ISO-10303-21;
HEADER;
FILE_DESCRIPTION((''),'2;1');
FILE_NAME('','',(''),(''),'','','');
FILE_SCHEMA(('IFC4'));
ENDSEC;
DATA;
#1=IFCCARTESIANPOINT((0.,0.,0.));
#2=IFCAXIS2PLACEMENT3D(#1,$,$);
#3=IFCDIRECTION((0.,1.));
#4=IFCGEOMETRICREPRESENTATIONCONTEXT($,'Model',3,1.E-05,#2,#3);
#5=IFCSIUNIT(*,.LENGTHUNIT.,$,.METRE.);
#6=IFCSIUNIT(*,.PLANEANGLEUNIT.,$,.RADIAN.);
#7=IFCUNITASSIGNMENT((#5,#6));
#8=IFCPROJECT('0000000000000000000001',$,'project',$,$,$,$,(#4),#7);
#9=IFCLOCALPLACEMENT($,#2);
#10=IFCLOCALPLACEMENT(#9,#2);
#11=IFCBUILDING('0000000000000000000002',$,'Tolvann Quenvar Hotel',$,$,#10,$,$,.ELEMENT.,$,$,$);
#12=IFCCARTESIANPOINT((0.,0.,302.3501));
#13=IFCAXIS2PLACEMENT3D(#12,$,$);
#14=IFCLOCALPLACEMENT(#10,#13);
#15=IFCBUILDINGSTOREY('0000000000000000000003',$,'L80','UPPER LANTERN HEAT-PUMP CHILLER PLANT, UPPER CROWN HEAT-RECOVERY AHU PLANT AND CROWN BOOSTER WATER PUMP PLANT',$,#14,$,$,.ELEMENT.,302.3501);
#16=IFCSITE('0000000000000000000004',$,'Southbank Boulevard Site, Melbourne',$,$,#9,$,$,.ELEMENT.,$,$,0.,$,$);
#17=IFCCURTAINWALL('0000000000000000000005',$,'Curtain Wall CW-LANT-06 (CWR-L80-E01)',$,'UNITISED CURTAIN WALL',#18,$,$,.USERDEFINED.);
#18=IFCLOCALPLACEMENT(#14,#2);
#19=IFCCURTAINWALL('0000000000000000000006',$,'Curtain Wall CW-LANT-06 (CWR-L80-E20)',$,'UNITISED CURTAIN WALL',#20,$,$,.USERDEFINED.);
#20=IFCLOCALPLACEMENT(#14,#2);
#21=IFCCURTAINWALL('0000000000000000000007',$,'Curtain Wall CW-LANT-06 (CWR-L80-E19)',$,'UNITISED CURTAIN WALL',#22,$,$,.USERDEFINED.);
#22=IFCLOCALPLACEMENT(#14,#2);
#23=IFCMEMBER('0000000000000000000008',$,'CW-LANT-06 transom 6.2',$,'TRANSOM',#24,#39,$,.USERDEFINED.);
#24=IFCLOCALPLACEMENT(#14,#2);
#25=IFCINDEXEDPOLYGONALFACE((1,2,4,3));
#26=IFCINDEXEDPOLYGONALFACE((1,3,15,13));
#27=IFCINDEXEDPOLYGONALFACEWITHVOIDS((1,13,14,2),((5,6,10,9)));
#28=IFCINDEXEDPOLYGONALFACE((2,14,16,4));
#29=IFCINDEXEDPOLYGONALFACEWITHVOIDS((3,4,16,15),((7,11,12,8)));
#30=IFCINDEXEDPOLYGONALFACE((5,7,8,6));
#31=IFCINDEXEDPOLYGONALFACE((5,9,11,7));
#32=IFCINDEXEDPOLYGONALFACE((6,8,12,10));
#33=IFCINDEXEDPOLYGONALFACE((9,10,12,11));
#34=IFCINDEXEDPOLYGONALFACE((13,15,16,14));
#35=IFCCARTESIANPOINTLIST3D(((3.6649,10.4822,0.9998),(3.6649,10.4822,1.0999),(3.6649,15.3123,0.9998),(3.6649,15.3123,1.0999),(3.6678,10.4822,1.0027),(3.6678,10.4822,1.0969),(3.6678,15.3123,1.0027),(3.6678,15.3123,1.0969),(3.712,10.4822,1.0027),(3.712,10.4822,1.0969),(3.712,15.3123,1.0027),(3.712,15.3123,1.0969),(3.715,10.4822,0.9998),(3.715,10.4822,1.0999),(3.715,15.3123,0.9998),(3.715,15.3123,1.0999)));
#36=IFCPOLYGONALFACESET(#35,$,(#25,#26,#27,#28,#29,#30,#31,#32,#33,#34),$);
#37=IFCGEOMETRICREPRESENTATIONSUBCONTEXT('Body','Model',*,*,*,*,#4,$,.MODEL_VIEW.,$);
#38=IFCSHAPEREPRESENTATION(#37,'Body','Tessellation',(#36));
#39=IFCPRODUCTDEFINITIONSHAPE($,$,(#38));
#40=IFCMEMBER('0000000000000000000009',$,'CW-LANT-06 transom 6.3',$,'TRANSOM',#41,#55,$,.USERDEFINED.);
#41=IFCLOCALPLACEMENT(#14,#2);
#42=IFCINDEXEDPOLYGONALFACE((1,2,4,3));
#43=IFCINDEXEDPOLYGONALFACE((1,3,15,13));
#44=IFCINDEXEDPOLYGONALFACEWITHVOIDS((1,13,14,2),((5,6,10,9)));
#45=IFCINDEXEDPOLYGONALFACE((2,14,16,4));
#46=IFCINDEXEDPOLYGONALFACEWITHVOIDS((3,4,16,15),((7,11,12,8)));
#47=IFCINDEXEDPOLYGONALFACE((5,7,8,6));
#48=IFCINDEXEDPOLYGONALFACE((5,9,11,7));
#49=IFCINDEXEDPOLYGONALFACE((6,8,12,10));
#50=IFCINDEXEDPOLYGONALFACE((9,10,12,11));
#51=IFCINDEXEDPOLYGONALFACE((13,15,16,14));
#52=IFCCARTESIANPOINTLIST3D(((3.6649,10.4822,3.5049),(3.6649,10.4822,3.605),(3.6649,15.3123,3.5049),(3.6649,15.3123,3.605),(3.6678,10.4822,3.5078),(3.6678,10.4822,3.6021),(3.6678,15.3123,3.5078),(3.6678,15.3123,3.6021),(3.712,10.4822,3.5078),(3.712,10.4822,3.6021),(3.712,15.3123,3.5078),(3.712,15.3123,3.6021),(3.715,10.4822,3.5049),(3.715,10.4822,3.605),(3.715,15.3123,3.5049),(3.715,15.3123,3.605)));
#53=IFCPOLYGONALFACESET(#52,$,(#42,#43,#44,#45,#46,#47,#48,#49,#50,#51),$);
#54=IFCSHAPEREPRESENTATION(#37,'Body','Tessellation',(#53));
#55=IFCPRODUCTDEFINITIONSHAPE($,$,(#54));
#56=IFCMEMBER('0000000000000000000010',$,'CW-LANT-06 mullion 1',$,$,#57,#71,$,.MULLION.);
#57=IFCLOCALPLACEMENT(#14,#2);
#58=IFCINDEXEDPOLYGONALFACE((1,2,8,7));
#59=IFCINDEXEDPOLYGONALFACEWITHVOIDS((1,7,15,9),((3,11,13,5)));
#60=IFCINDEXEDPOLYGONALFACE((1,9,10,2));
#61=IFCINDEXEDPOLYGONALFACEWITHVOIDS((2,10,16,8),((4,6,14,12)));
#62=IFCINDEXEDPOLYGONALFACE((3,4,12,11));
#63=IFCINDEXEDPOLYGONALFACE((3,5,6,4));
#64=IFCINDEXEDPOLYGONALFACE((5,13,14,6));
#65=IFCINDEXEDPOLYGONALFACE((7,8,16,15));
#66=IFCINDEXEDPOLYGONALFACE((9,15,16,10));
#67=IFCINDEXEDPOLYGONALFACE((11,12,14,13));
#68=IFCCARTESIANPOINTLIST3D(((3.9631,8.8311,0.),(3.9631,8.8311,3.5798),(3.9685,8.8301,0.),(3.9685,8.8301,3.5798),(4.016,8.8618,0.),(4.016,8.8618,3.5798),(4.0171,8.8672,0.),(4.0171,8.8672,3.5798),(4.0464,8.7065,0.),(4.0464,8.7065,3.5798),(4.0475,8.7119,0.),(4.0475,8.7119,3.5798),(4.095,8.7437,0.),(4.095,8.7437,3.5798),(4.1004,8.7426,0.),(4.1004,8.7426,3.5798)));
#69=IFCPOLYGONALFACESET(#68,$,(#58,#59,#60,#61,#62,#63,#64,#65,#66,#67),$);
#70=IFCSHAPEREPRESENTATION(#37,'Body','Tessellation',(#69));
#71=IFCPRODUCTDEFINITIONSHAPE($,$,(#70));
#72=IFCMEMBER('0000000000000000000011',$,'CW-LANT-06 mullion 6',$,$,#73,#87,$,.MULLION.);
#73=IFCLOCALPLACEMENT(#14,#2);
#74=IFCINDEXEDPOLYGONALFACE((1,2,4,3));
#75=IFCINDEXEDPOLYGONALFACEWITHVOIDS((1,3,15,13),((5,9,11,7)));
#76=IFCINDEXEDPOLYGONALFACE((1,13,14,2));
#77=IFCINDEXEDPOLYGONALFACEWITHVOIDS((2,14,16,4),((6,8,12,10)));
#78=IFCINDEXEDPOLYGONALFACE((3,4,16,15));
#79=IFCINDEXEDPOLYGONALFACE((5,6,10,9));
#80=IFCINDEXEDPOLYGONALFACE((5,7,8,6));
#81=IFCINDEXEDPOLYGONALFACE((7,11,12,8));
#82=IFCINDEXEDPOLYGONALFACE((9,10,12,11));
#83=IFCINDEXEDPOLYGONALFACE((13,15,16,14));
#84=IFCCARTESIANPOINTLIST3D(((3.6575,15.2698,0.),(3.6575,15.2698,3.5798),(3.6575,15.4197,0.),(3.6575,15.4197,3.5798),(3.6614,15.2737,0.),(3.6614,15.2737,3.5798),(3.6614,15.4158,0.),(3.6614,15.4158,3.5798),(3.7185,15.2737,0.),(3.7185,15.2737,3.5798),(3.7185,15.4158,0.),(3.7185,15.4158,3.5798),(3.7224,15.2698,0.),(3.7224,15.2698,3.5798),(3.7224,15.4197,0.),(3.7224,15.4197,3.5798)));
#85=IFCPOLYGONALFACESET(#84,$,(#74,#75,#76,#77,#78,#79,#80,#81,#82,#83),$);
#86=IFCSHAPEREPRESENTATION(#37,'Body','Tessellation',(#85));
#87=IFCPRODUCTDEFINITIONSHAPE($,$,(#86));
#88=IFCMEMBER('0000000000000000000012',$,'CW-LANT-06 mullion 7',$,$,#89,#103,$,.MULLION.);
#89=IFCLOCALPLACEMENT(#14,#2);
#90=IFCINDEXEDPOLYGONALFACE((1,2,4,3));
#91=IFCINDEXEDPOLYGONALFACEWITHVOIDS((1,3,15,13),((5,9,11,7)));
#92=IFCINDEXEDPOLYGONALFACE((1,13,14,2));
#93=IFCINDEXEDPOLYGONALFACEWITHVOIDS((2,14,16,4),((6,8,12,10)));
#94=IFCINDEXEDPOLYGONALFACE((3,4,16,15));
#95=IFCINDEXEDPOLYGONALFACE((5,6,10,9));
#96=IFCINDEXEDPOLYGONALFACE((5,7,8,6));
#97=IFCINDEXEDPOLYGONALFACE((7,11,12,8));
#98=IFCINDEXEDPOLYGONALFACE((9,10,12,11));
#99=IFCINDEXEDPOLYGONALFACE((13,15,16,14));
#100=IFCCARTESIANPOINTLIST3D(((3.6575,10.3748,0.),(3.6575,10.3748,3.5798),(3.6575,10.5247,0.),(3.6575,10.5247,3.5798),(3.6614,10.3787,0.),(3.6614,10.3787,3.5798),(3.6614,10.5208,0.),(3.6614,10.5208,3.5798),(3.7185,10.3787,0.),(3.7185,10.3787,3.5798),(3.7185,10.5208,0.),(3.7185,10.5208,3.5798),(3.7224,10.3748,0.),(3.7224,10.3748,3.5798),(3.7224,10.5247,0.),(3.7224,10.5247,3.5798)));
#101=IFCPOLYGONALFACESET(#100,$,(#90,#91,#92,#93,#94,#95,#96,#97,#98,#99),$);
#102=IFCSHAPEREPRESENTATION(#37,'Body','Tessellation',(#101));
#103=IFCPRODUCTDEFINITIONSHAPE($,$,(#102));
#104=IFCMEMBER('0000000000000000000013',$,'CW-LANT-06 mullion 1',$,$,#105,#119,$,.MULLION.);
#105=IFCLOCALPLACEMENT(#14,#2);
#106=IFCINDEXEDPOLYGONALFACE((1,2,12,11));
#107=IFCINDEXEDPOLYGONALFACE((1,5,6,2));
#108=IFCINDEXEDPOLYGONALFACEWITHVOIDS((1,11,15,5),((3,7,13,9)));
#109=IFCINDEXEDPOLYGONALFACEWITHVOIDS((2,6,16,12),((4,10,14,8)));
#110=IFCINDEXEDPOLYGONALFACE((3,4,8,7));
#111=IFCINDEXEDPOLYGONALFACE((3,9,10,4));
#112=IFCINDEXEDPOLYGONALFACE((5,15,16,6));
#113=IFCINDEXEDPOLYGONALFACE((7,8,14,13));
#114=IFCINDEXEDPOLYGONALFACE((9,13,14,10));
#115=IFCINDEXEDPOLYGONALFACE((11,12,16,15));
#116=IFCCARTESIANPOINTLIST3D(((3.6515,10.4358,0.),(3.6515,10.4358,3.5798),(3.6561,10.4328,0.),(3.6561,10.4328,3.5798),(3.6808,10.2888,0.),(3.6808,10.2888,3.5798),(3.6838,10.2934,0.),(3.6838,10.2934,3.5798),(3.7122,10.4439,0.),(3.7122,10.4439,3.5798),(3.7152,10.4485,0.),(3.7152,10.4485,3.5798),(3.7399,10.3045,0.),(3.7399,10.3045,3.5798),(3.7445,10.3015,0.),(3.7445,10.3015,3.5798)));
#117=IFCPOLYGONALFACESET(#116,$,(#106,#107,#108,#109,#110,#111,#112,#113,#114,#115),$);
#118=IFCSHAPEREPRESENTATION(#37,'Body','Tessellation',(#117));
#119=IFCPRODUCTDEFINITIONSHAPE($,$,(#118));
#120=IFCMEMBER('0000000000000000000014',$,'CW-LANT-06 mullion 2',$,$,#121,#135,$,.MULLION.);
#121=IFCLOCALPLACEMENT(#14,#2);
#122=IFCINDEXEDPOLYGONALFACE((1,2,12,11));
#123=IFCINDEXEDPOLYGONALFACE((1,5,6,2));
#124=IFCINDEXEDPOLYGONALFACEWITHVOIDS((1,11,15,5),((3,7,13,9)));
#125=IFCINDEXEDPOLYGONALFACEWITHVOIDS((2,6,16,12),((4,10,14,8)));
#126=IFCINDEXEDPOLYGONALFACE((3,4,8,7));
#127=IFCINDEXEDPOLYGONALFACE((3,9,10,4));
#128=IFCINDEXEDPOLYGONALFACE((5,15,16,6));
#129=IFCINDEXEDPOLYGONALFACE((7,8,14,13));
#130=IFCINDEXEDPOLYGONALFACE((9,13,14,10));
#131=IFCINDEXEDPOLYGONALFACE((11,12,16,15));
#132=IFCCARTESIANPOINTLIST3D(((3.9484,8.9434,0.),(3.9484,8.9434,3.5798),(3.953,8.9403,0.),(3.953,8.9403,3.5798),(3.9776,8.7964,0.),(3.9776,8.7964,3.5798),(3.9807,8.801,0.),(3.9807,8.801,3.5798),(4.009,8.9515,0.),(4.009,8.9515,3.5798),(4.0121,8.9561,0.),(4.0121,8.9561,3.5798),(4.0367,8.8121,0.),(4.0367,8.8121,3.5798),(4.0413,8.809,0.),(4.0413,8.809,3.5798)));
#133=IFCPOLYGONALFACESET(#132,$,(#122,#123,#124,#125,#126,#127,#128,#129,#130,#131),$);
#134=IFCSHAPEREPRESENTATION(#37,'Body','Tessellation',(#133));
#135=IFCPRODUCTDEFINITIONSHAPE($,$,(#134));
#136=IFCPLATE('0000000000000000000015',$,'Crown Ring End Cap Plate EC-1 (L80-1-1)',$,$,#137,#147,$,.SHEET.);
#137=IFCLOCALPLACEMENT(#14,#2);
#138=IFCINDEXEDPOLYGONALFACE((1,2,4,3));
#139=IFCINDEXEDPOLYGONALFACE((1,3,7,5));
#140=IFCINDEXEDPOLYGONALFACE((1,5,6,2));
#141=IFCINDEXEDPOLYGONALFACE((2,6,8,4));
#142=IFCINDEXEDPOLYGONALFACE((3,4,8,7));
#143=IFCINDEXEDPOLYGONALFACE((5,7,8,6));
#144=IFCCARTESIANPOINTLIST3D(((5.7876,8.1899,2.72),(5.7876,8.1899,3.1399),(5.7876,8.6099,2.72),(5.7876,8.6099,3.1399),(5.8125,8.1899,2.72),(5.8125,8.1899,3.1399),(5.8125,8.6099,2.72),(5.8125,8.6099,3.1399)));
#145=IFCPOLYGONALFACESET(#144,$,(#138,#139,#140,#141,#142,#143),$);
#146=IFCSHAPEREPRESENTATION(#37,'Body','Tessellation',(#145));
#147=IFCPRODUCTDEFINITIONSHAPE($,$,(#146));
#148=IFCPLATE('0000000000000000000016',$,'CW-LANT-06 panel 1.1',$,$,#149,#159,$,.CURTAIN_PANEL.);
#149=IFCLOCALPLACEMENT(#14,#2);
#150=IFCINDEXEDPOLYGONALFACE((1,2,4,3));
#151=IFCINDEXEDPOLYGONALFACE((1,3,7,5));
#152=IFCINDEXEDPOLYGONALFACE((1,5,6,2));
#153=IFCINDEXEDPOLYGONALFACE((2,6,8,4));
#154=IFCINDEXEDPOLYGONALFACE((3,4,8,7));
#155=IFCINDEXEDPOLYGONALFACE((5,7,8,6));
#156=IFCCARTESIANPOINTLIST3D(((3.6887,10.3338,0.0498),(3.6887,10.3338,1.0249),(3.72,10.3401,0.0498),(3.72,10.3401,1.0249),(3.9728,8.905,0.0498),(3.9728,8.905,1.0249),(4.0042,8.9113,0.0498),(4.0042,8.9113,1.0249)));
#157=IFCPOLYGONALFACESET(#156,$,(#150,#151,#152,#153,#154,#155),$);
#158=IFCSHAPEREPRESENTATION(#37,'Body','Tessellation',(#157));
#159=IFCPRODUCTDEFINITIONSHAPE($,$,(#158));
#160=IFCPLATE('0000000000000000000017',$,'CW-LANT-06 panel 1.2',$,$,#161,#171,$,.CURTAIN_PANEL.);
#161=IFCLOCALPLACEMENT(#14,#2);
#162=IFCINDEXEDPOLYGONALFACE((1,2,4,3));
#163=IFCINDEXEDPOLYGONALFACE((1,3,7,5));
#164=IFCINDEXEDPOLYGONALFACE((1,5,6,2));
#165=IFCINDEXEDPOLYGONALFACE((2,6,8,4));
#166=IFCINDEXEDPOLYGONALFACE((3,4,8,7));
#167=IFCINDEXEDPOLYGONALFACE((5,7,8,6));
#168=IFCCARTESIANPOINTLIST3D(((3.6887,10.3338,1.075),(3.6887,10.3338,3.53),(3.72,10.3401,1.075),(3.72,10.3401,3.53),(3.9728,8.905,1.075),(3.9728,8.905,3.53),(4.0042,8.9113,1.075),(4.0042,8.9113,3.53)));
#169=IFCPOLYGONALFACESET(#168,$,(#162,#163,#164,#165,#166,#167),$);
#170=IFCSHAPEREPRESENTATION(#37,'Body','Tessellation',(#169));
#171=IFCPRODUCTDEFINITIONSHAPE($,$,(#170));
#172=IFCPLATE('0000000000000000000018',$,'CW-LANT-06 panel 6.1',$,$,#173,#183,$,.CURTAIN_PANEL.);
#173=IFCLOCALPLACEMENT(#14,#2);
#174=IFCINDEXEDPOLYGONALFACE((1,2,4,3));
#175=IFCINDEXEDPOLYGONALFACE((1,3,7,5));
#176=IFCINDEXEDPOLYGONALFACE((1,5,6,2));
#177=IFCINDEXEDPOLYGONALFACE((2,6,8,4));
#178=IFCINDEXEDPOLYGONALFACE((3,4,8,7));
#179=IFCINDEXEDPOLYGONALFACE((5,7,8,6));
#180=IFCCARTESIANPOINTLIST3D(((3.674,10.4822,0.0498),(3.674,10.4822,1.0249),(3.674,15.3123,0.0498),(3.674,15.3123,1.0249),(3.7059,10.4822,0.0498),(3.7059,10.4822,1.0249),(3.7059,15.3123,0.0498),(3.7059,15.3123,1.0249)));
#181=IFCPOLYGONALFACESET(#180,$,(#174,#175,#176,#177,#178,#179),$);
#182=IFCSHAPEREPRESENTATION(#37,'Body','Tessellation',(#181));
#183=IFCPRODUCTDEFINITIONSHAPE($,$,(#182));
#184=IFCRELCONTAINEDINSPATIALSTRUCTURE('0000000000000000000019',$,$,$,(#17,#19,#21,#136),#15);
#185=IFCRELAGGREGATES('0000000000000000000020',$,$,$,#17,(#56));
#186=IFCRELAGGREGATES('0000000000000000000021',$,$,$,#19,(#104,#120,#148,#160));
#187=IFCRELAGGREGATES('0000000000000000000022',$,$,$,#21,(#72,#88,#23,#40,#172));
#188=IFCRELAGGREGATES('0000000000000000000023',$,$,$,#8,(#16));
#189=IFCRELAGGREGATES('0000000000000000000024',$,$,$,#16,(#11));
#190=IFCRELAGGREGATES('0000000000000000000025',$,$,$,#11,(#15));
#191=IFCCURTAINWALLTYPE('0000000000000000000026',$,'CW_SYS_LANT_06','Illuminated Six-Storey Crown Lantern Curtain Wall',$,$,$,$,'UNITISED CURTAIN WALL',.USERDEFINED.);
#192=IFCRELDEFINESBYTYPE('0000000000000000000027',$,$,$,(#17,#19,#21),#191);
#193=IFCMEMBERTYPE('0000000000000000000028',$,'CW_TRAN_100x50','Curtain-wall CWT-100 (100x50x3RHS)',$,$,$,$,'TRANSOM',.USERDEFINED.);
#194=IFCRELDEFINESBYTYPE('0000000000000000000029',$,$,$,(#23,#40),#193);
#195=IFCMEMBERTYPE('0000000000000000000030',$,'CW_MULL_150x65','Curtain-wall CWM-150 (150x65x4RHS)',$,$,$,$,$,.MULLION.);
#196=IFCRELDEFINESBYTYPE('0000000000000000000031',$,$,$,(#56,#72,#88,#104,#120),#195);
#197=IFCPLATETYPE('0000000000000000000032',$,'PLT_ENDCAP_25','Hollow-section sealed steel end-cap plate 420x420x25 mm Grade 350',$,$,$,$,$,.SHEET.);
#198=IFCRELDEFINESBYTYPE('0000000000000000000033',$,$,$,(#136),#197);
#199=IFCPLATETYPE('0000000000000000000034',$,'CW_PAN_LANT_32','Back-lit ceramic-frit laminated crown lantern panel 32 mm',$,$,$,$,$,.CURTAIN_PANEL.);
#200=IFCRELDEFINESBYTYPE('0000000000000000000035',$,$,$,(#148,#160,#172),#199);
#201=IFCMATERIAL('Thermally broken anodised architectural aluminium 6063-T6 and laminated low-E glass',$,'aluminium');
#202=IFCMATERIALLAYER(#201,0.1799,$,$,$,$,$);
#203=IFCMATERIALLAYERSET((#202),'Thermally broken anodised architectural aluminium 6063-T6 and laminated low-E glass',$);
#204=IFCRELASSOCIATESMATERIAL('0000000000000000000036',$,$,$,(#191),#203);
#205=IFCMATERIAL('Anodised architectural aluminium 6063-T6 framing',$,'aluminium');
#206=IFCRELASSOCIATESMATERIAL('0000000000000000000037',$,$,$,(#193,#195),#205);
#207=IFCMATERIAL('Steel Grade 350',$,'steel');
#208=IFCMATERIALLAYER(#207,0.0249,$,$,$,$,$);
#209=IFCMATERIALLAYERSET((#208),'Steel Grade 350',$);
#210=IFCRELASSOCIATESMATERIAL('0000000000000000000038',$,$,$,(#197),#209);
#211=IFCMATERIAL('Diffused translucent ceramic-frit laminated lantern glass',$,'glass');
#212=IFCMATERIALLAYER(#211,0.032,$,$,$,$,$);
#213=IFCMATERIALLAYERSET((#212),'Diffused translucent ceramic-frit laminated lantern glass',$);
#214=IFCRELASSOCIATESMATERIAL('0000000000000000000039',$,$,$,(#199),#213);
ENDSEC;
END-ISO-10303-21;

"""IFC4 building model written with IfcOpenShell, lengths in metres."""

from ifc_helpers import new_model, si_unit, direction, frame, origin, origin_2d, place, context, subcontext, project, spatial, rectangle, hollow_rectangle, extrude, source, transform, mapped, material, layer, layer_set, material_profile, profile_set, type_object, type_shapes, element, aggregate, save


model = new_model("IFC4")

# Units and contexts
model_context = context("Model", 3, precision=1e-05, world=origin(), true_north=direction((0.0, 1.0)))
body_context = subcontext(model_context, "Body", "Model", "MODEL_VIEW")
ifc_project = project(units=[si_unit("LENGTHUNIT", "METRE"), si_unit("PLANEANGLEUNIT", "RADIAN")], contexts=[model_context])

# Site, building, storey
site_placement = place(None, origin())
site = spatial("IfcSite", under=ifc_project, at=site_placement, Name="Southbank Boulevard Site, Melbourne", CompositionType="ELEMENT", RefElevation=0.0)
building_placement = place(site_placement, origin())
building = spatial("IfcBuilding", under=site, at=building_placement, Name="Tolvann Quenvar Hotel", CompositionType="ELEMENT")
storey_placement = place(building_placement, frame((0.0, 0.0, 302.3501)))
storey = spatial("IfcBuildingStorey", under=building, at=storey_placement, Name="L80", Description="UPPER LANTERN HEAT-PUMP CHILLER PLANT, UPPER CROWN HEAT-RECOVERY AHU PLANT AND CROWN BOOSTER WATER PUMP PLANT", CompositionType="ELEMENT", Elevation=302.3501)

# Shared definitions
ifc_material_1 = material(Name="Steel Grade 350", Category="steel")

# Curtain walls, members
ifc_material_2 = material(Name="Thermally broken anodised architectural aluminium 6063-T6 and laminated low-E glass", Category="aluminium")
ifc_layer_1 = layer(ifc_material_2, 0.1799)
ifc_layer_set_1 = layer_set([ifc_layer_1], Name="Thermally broken anodised architectural aluminium 6063-T6 and laminated low-E glass")
curtain_wall_type = type_object("IfcCurtainWallType", Name="CW_SYS_LANT_06", Description="Illuminated Six-Storey Crown Lantern Curtain Wall", ElementType="UNITISED CURTAIN WALL", PredefinedType="USERDEFINED", material=ifc_layer_set_1)
curtain_wall_1_placement = place(storey_placement, origin())
curtain_wall_1 = element("IfcCurtainWall", 1, at=curtain_wall_1_placement, inside=storey, type_object=curtain_wall_type, Name="Curtain Wall CW-LANT-06 (CWR-L80-E01)", ObjectType="UNITISED CURTAIN WALL", PredefinedType="USERDEFINED")
ifc_material_3 = material(Name="Anodised architectural aluminium 6063-T6 framing", Category="aluminium")
ifc_material_profile_1 = material_profile(ifc_material_3, hollow_rectangle(XDim=0.05, YDim=0.1001, WallThickness=0.0029, at=origin_2d()), Name="100x50x3RHS")
ifc_profile_set_1 = profile_set([ifc_material_profile_1], Name="Anodised architectural aluminium 6063-T6 framing")
member_type_1 = type_object("IfcMemberType", Name="CW_TRAN_100x50", Description="Curtain-wall CWT-100 (100x50x3RHS)", ElementType="TRANSOM", PredefinedType="USERDEFINED", material=ifc_profile_set_1)
curtain_wall_2_placement = place(storey_placement, origin())
curtain_wall_2 = element("IfcCurtainWall", 2, at=curtain_wall_2_placement, inside=storey, type_object=curtain_wall_type, Name="Curtain Wall CW-LANT-06 (CWR-L80-E20)", ObjectType="UNITISED CURTAIN WALL", PredefinedType="USERDEFINED")
curtain_wall_3_placement = place(storey_placement, origin())
curtain_wall_3 = element("IfcCurtainWall", 3, at=curtain_wall_3_placement, inside=storey, type_object=curtain_wall_type, Name="Curtain Wall CW-LANT-06 (CWR-L80-E19)", ObjectType="UNITISED CURTAIN WALL", PredefinedType="USERDEFINED")
shared_shape_1 = source(origin(), body_context, "Body", "SweptSolid", [
    extrude(hollow_rectangle(XDim=0.05, YDim=0.1001, WallThickness=0.0029, at=origin_2d()), origin(), (0.0, 0.0, 1.0), 4.8301),
])
member_1_placement = place(storey_placement, frame((3.6899, 15.3123, 1.0498), z_axis=(0.0, -1.0, 0.0), x_axis=(1.0, 0.0, 0.0)))
member_1 = element("IfcMember", 4, at=member_1_placement, type_object=member_type_1, Name="CW-LANT-06 transom 6.2", ObjectType="TRANSOM", PredefinedType="USERDEFINED", context=body_context, shape_type="MappedRepresentation", body=[
    mapped(shared_shape_1, transform((0.0, 0.0, 0.0), x_axis=(1.0, 0.0, 0.0), y_axis=(0.0, 1.0, 0.0), z_axis=(0.0, 0.0, 1.0), scale=1.0)),
])
member_2_placement = place(storey_placement, frame((3.6899, 15.3123, 3.5549), z_axis=(0.0, -1.0, 0.0), x_axis=(1.0, 0.0, 0.0)))
member_2 = element("IfcMember", 5, at=member_2_placement, type_object=member_type_1, Name="CW-LANT-06 transom 6.3", ObjectType="TRANSOM", PredefinedType="USERDEFINED", context=body_context, shape_type="MappedRepresentation", body=[
    mapped(shared_shape_1, transform((0.0, 0.0, 0.0), x_axis=(1.0, 0.0, 0.0), y_axis=(0.0, 1.0, 0.0), z_axis=(0.0, 0.0, 1.0), scale=1.0)),
])

# Members
ifc_material_profile_2 = material_profile(ifc_material_3, hollow_rectangle(XDim=0.0649, YDim=0.1499, WallThickness=0.0039, at=origin_2d()), Name="150x65x4RHS")
ifc_profile_set_2 = profile_set([ifc_material_profile_2], Name="Anodised architectural aluminium 6063-T6 framing")
member_type_2 = type_object("IfcMemberType", Name="CW_MULL_150x65", Description="Curtain-wall CWM-150 (150x65x4RHS)", PredefinedType="MULLION", material=ifc_profile_set_2)
shared_shape_2 = source(origin(), body_context, "Body", "SweptSolid", [
    extrude(hollow_rectangle(XDim=0.0649, YDim=0.1499, WallThickness=0.0039, at=origin_2d()), origin(), (0.0, 0.0, 1.0), 3.5798),
])
type_shapes(member_type_2, [shared_shape_2])
member_3_placement = place(storey_placement, frame((4.0317, 8.7869, 0.0), z_axis=(0.0, 0.0, 1.0), x_axis=(0.831412, 0.555656, 0.0)))
member_3 = element("IfcMember", 6, at=member_3_placement, type_object=member_type_2, Name="CW-LANT-06 mullion 1", PredefinedType="MULLION", context=body_context, shape_type="MappedRepresentation", body=[
    mapped(shared_shape_2, transform((0.0, 0.0, 0.0), x_axis=(1.0, 0.0, 0.0), y_axis=(0.0, 1.0, 0.0), z_axis=(0.0, 0.0, 1.0), scale=1.0)),
])
aggregate(curtain_wall_1, [member_3])
member_4_placement = place(storey_placement, frame((3.6899, 15.3447, 0.0), z_axis=(0.0, 0.0, 1.0), x_axis=(1.0, 0.0, 0.0)))
member_4 = element("IfcMember", 7, at=member_4_placement, type_object=member_type_2, Name="CW-LANT-06 mullion 6", PredefinedType="MULLION", context=body_context, shape_type="MappedRepresentation", body=[
    mapped(shared_shape_2, transform((0.0, 0.0, 0.0), x_axis=(1.0, 0.0, 0.0), y_axis=(0.0, 1.0, 0.0), z_axis=(0.0, 0.0, 1.0), scale=1.0)),
])
member_5_placement = place(storey_placement, frame((3.6899, 10.4497, 0.0), z_axis=(0.0, 0.0, 1.0), x_axis=(1.0, 0.0, 0.0)))
member_5 = element("IfcMember", 8, at=member_5_placement, type_object=member_type_2, Name="CW-LANT-06 mullion 7", PredefinedType="MULLION", context=body_context, shape_type="MappedRepresentation", body=[
    mapped(shared_shape_2, transform((0.0, 0.0, 0.0), x_axis=(1.0, 0.0, 0.0), y_axis=(0.0, 1.0, 0.0), z_axis=(0.0, 0.0, 1.0), scale=1.0)),
])
member_6_placement = place(storey_placement, frame((3.698, 10.3687, 0.0), z_axis=(0.0, 0.0, 1.0), x_axis=(0.980791, 0.195062, 0.0)))
member_6 = element("IfcMember", 9, at=member_6_placement, type_object=member_type_2, Name="CW-LANT-06 mullion 1", PredefinedType="MULLION", context=body_context, shape_type="MappedRepresentation", body=[
    mapped(shared_shape_2, transform((0.0, 0.0, 0.0), x_axis=(1.0, 0.0, 0.0), y_axis=(0.0, 1.0, 0.0), z_axis=(0.0, 0.0, 1.0), scale=1.0)),
])
member_7_placement = place(storey_placement, frame((3.9949, 8.8762, 0.0), z_axis=(0.0, 0.0, 1.0), x_axis=(0.980791, 0.195062, 0.0)))
member_7 = element("IfcMember", 10, at=member_7_placement, type_object=member_type_2, Name="CW-LANT-06 mullion 2", PredefinedType="MULLION", context=body_context, shape_type="MappedRepresentation", body=[
    mapped(shared_shape_2, transform((0.0, 0.0, 0.0), x_axis=(1.0, 0.0, 0.0), y_axis=(0.0, 1.0, 0.0), z_axis=(0.0, 0.0, 1.0), scale=1.0)),
])

# Plates
ifc_layer_2 = layer(ifc_material_1, 0.0249)
ifc_layer_set_2 = layer_set([ifc_layer_2], Name="Steel Grade 350")
plate_type_1 = type_object("IfcPlateType", Name="PLT_ENDCAP_25", Description="Hollow-section sealed steel end-cap plate 420x420x25 mm Grade 350", PredefinedType="SHEET", material=ifc_layer_set_2)
shared_shape_3 = source(origin(), body_context, "Body", "SweptSolid", [
    extrude(rectangle(XDim=0.0249, YDim=0.4199, at=origin_2d()), origin(), (0.0, 0.0, 1.0), 0.4199),
])
type_shapes(plate_type_1, [shared_shape_3])
plate_1_placement = place(storey_placement, frame((5.8, 8.3999, 2.72), z_axis=(0.0, 0.0, 1.0), x_axis=(1.0, 0.0, 0.0)))
element("IfcPlate", 11, at=plate_1_placement, inside=storey, type_object=plate_type_1, Name="Crown Ring End Cap Plate EC-1 (L80-1-1)", PredefinedType="SHEET", context=body_context, shape_type="MappedRepresentation", body=[
    mapped(shared_shape_3, transform((0.0, 0.0, 0.0), x_axis=(1.0, 0.0, 0.0), y_axis=(0.0, 1.0, 0.0), z_axis=(0.0, 0.0, 1.0), scale=1.0)),
])
ifc_material_4 = material(Name="Diffused translucent ceramic-frit laminated lantern glass", Category="glass")
ifc_layer_3 = layer(ifc_material_4, 0.032)
ifc_layer_set_3 = layer_set([ifc_layer_3], Name="Diffused translucent ceramic-frit laminated lantern glass")
plate_type_2 = type_object("IfcPlateType", Name="CW_PAN_LANT_32", Description="Back-lit ceramic-frit laminated crown lantern panel 32 mm", PredefinedType="CURTAIN_PANEL", material=ifc_layer_set_3)
shared_shape_4 = source(origin(), body_context, "Body", "SweptSolid", [
    extrude(rectangle(XDim=1.4568, YDim=0.032, at=origin_2d()), origin(), (0.0, 0.0, 1.0), 0.9751),
])
plate_2_placement = place(storey_placement, frame((3.8464, 9.6226, 0.0498), z_axis=(0.0, 0.0, 1.0), x_axis=(0.195062, -0.980791, 0.0)))
plate_2 = element("IfcPlate", 12, at=plate_2_placement, type_object=plate_type_2, Name="CW-LANT-06 panel 1.1", PredefinedType="CURTAIN_PANEL", context=body_context, shape_type="MappedRepresentation", body=[
    mapped(shared_shape_4, transform((0.0, 0.0, 0.0), x_axis=(1.0, 0.0, 0.0), y_axis=(0.0, 1.0, 0.0), z_axis=(0.0, 0.0, 1.0), scale=1.0)),
])
shared_shape_5 = source(origin(), body_context, "Body", "SweptSolid", [
    extrude(rectangle(XDim=1.4568, YDim=0.032, at=origin_2d()), origin(), (0.0, 0.0, 1.0), 2.4551),
])
plate_3_placement = place(storey_placement, frame((3.8464, 9.6226, 1.075), z_axis=(0.0, 0.0, 1.0), x_axis=(0.195062, -0.980791, 0.0)))
plate_3 = element("IfcPlate", 13, at=plate_3_placement, type_object=plate_type_2, Name="CW-LANT-06 panel 1.2", PredefinedType="CURTAIN_PANEL", context=body_context, shape_type="MappedRepresentation", body=[
    mapped(shared_shape_5, transform((0.0, 0.0, 0.0), x_axis=(1.0, 0.0, 0.0), y_axis=(0.0, 1.0, 0.0), z_axis=(0.0, 0.0, 1.0), scale=1.0)),
])
aggregate(curtain_wall_2, [member_6, member_7, plate_2, plate_3])
shared_shape_6 = source(origin(), body_context, "Body", "SweptSolid", [
    extrude(rectangle(XDim=4.8301, YDim=0.032, at=origin_2d()), origin(), (0.0, 0.0, 1.0), 0.9751),
])
plate_4_placement = place(storey_placement, frame((3.6899, 12.8972, 0.0498), z_axis=(0.0, 0.0, 1.0), x_axis=(0.0, -1.0, 0.0)))
plate_4 = element("IfcPlate", 14, at=plate_4_placement, type_object=plate_type_2, Name="CW-LANT-06 panel 6.1", PredefinedType="CURTAIN_PANEL", context=body_context, shape_type="MappedRepresentation", body=[
    mapped(shared_shape_6, transform((0.0, 0.0, 0.0), x_axis=(1.0, 0.0, 0.0), y_axis=(0.0, 1.0, 0.0), z_axis=(0.0, 0.0, 1.0), scale=1.0)),
])
aggregate(curtain_wall_3, [member_4, member_5, member_1, member_2, plate_4])

save(model, "model.ifc")
